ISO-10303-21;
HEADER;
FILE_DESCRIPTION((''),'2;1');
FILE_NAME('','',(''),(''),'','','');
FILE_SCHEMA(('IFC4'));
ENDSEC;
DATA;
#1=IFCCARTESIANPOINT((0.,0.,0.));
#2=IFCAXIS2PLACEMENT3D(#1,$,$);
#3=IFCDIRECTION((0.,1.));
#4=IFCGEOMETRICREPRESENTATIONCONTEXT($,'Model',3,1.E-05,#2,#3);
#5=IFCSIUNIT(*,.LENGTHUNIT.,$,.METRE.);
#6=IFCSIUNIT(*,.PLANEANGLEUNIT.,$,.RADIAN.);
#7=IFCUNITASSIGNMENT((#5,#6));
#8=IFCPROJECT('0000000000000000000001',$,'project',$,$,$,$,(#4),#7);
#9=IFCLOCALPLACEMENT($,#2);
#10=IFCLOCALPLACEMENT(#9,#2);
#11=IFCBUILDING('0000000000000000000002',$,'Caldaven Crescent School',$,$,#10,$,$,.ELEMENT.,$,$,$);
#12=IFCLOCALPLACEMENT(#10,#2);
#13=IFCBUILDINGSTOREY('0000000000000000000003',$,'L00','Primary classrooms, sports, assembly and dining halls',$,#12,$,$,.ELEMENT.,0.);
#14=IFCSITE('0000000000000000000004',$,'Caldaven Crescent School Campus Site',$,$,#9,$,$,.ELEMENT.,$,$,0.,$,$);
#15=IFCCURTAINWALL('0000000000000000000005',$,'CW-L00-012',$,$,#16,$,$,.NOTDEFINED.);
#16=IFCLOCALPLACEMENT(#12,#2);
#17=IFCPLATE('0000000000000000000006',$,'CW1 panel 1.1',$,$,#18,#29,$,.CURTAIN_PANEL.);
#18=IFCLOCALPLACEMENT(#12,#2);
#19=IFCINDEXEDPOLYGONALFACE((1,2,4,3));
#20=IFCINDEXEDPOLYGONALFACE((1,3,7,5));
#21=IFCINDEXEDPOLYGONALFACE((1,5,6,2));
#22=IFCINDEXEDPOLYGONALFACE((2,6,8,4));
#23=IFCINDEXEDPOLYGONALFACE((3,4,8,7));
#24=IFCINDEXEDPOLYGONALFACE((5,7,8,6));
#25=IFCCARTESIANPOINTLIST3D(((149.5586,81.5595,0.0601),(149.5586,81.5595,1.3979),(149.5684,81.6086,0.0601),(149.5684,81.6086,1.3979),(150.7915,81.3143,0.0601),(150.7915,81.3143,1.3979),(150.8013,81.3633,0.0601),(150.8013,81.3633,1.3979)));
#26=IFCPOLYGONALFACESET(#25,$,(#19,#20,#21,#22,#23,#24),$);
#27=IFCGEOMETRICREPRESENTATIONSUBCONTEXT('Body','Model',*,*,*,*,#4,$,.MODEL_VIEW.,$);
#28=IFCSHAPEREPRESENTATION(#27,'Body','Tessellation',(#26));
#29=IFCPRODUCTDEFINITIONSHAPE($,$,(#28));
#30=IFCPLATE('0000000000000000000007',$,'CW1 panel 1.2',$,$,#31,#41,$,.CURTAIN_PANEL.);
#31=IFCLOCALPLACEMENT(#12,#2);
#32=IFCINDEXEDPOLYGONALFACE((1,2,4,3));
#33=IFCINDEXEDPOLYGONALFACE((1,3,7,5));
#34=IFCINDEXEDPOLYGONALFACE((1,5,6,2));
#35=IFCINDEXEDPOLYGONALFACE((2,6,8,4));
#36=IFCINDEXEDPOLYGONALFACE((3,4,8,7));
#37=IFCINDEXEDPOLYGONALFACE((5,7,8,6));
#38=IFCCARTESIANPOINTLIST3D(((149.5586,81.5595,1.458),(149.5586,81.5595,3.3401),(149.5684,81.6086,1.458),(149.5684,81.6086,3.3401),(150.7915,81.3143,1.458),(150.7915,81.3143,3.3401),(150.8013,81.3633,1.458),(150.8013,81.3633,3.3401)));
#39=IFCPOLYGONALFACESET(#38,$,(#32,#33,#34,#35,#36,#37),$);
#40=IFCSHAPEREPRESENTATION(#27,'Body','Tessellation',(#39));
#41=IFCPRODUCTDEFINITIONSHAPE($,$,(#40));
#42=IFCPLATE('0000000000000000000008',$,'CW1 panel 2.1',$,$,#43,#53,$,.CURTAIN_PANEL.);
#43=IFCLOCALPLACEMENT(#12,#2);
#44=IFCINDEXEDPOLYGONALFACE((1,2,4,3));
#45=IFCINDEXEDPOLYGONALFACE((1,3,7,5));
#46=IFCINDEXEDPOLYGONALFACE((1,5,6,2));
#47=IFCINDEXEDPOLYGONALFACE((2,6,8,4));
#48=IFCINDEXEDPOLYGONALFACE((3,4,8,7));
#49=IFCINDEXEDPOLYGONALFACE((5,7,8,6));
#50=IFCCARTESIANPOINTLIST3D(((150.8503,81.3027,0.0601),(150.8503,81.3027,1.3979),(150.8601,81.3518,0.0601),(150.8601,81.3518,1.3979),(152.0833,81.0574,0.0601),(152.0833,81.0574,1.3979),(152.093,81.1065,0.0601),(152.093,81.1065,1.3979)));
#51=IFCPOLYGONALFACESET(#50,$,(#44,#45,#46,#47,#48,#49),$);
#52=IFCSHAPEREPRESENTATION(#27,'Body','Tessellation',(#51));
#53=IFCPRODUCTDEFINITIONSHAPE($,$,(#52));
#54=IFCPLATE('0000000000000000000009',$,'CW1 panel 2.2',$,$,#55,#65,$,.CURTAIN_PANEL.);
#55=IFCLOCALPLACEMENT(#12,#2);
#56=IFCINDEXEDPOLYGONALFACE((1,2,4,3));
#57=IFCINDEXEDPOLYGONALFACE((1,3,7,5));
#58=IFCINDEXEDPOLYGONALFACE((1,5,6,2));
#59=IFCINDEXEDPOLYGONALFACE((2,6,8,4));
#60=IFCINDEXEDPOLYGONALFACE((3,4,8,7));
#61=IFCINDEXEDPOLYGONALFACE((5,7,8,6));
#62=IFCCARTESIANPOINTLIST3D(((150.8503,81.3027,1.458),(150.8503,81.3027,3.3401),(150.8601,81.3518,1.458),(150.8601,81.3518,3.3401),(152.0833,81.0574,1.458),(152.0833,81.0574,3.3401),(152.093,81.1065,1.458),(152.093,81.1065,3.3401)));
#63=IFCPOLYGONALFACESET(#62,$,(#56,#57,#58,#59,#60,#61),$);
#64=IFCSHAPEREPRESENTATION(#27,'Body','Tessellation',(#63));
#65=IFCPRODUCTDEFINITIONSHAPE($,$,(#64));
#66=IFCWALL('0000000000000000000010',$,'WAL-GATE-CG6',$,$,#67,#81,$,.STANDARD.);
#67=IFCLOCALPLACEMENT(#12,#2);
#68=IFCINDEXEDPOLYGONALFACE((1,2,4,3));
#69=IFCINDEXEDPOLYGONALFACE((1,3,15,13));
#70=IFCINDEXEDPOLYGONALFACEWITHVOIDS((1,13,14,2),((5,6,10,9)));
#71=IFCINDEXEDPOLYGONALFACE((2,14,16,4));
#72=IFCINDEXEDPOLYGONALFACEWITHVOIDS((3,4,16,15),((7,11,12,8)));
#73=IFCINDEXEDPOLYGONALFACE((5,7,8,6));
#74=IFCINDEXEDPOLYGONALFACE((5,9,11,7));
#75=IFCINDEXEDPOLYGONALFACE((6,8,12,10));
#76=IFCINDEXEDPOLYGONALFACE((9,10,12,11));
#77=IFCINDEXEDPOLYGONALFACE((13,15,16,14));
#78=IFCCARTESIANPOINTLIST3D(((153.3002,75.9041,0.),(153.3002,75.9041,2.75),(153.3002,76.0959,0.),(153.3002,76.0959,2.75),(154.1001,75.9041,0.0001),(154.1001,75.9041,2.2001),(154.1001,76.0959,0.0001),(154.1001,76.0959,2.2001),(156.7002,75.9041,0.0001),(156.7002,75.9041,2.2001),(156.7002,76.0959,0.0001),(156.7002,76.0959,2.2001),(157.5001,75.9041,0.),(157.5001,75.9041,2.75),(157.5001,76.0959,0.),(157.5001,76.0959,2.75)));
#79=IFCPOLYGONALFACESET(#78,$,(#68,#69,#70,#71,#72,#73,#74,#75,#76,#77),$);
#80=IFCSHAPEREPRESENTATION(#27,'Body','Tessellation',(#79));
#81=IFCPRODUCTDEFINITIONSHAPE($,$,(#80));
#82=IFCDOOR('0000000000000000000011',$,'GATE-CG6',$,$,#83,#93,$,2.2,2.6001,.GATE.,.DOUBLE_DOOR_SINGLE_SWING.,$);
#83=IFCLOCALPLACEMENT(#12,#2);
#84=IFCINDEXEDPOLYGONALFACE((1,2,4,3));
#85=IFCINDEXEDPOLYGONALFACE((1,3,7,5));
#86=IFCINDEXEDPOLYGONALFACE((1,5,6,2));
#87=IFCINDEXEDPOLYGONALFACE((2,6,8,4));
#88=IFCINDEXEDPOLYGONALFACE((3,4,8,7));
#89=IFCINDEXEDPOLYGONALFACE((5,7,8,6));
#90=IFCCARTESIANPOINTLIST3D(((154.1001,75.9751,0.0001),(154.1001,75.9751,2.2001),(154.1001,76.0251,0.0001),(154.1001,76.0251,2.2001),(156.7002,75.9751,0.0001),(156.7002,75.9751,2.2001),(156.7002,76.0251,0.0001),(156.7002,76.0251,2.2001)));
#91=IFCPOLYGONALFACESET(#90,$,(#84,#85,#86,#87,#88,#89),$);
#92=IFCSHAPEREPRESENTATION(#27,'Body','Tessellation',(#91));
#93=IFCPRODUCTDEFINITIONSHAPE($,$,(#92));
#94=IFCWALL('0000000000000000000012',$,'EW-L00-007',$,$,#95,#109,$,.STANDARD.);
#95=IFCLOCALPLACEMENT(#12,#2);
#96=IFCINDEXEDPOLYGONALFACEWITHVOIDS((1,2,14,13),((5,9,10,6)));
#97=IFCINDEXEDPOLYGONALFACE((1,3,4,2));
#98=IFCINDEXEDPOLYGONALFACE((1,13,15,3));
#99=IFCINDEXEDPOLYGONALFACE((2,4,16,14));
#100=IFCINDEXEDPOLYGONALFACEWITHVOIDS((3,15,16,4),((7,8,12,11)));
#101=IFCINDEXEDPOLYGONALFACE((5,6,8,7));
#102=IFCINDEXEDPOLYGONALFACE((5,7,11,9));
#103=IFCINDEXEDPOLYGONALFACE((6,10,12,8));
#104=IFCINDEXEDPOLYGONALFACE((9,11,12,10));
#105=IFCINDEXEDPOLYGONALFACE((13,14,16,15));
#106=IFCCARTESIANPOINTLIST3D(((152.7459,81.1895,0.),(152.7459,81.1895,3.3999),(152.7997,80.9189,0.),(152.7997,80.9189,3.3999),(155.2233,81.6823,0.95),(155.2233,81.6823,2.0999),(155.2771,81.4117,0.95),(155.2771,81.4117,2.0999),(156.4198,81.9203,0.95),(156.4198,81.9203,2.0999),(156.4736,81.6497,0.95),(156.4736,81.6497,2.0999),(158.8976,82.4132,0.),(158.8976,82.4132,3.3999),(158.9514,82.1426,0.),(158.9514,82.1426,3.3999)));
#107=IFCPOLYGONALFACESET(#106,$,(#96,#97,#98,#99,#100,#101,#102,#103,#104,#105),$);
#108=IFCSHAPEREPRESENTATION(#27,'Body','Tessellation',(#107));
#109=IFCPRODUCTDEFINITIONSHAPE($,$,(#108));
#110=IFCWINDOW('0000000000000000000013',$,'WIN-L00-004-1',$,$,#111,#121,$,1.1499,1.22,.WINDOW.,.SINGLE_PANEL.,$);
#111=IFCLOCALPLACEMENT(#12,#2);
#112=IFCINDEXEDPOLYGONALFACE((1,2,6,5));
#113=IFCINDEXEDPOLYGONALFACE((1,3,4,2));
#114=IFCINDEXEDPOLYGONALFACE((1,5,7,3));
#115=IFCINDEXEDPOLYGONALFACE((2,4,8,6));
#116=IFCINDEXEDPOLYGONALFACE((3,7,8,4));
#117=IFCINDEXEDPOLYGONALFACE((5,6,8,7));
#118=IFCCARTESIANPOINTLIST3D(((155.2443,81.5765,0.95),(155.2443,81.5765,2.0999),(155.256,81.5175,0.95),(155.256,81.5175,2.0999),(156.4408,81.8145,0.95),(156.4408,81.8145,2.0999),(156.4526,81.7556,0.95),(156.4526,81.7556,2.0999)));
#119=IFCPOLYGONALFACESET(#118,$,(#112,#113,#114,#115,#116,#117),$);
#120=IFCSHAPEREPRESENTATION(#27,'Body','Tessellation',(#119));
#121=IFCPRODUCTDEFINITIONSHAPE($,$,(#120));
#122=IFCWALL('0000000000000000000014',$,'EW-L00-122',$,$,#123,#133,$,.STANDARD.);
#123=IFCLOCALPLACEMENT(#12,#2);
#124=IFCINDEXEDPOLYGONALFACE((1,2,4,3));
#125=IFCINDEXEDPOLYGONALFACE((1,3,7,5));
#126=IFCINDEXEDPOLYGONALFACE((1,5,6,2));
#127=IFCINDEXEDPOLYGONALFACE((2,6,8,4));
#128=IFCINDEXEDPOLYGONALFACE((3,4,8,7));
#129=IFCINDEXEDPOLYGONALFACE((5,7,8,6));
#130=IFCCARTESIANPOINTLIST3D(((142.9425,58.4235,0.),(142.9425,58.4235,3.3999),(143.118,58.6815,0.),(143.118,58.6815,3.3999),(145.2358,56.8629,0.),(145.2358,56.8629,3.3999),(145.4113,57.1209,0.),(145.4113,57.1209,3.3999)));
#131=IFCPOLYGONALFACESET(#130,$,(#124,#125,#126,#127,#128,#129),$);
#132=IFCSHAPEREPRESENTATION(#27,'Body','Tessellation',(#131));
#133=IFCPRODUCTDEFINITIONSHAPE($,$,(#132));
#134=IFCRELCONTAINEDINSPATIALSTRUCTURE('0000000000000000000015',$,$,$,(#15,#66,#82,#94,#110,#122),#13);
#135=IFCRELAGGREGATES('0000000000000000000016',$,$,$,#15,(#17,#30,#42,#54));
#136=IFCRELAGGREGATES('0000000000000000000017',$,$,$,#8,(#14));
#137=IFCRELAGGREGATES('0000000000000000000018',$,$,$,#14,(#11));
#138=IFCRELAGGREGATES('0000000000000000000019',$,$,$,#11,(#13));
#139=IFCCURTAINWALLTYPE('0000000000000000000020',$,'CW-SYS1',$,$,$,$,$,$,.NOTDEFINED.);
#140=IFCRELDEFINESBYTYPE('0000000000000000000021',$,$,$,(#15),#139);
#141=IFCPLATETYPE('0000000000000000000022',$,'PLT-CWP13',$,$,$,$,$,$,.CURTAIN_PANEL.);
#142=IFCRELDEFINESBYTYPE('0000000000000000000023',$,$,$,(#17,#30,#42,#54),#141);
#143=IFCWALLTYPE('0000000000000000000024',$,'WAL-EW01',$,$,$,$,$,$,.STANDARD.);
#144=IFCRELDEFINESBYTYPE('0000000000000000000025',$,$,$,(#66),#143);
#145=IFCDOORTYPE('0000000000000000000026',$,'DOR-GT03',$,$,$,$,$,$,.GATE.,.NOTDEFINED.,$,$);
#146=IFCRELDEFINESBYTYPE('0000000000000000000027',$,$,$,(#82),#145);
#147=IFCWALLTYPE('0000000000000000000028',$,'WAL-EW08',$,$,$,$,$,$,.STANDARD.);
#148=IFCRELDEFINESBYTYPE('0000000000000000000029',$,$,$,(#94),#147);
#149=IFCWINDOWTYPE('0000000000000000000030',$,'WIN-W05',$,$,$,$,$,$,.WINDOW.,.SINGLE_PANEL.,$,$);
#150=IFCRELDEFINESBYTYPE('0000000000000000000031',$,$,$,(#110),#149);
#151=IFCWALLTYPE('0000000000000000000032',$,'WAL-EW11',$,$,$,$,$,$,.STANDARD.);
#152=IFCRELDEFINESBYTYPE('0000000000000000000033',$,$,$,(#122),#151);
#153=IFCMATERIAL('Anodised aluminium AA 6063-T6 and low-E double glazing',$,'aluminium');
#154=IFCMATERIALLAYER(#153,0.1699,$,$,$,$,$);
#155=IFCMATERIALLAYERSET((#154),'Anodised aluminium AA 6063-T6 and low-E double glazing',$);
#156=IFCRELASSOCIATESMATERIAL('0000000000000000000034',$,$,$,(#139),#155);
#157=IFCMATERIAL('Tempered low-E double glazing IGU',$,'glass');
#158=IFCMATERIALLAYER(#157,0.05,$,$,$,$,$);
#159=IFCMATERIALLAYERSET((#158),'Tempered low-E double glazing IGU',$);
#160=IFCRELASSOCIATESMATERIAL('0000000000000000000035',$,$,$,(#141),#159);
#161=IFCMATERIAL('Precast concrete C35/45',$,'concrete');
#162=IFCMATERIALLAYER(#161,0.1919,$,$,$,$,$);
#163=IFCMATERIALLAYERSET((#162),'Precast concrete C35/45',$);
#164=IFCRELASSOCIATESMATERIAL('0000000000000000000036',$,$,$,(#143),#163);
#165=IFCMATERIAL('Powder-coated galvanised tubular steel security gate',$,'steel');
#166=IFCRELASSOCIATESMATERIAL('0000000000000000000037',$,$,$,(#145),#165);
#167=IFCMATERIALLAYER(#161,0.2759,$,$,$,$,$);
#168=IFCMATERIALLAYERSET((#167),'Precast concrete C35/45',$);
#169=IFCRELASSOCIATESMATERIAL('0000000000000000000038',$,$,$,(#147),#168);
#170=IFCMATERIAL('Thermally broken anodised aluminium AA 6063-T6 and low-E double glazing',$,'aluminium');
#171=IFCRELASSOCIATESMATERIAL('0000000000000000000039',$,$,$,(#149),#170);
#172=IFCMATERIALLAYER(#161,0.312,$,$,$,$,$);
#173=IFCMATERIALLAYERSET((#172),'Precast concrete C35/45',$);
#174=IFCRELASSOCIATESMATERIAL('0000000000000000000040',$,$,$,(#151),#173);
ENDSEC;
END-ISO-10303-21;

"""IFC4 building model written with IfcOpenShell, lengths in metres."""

from ifc_helpers import new_model, si_unit, direction, frame, frame_2d, origin, origin_2d, place, context, subcontext, project, spatial, rectangle, extrude, material, layer, layer_set, type_object, element, fill, aggregate, save


model = new_model("IFC4")

# Units and contexts
model_context = context("Model", 3, precision=1e-05, world=origin(), true_north=direction((0.0, 1.0)))
body_context = subcontext(model_context, "Body", "Model", "MODEL_VIEW")
ifc_project = project(units=[si_unit("LENGTHUNIT", "METRE"), si_unit("PLANEANGLEUNIT", "RADIAN")], contexts=[model_context])

# Site, building, storey
site_placement = place(None, origin())
site = spatial("IfcSite", under=ifc_project, at=site_placement, Name="Caldaven Crescent School Campus Site", CompositionType="ELEMENT", RefElevation=0.0)
building_placement = place(site_placement, origin())
building = spatial("IfcBuilding", under=site, at=building_placement, Name="Caldaven Crescent School", CompositionType="ELEMENT")
storey_placement = place(building_placement, origin())
storey = spatial("IfcBuildingStorey", under=building, at=storey_placement, Name="L00", Description="Primary classrooms, sports, assembly and dining halls", CompositionType="ELEMENT", Elevation=0.0)

# Curtain wall
ifc_material_1 = material(Name="Anodised aluminium AA 6063-T6 and low-E double glazing", Category="aluminium")
ifc_layer_1 = layer(ifc_material_1, 0.1699)
ifc_layer_set_1 = layer_set([ifc_layer_1], Name="Anodised aluminium AA 6063-T6 and low-E double glazing")
curtain_wall_type_1 = type_object("IfcCurtainWallType", Name="CW-SYS1", PredefinedType="NOTDEFINED", material=ifc_layer_set_1)
curtain_wall_1_placement = place(storey_placement, origin())
curtain_wall_1 = element("IfcCurtainWall", 1, at=curtain_wall_1_placement, inside=storey, type_object=curtain_wall_type_1, Name="CW-L00-012", PredefinedType="NOTDEFINED")

# Plates
ifc_material_2 = material(Name="Tempered low-E double glazing IGU", Category="glass")
ifc_layer_2 = layer(ifc_material_2, 0.05)
ifc_layer_set_2 = layer_set([ifc_layer_2], Name="Tempered low-E double glazing IGU")
plate_type_1 = type_object("IfcPlateType", Name="PLT-CWP13", PredefinedType="CURTAIN_PANEL", material=ifc_layer_set_2)
plate_1_placement = place(storey_placement, frame((150.1799, 81.4614, 0.0601), z_axis=(0.0, 0.0, 1.0), x_axis=(0.980785, -0.19509, 0.0)))
plate_1 = element("IfcPlate", 2, at=plate_1_placement, type_object=plate_type_1, Name="CW1 panel 1.1", PredefinedType="CURTAIN_PANEL", context=body_context, shape_type="SweptSolid", body=[
    extrude(rectangle(XDim=1.2571, YDim=0.05, at=origin_2d()), origin(), (0.0, 0.0, 1.0), 1.3379),
])
plate_2_placement = place(storey_placement, frame((150.1799, 81.4614, 1.458), z_axis=(0.0, 0.0, 1.0), x_axis=(0.980785, -0.19509, 0.0)))
plate_2 = element("IfcPlate", 3, at=plate_2_placement, type_object=plate_type_1, Name="CW1 panel 1.2", PredefinedType="CURTAIN_PANEL", context=body_context, shape_type="SweptSolid", body=[
    extrude(rectangle(XDim=1.2571, YDim=0.05, at=origin_2d()), origin(), (0.0, 0.0, 1.0), 1.8821),
])
plate_3_placement = place(storey_placement, frame((151.4717, 81.2046, 0.0601), z_axis=(0.0, 0.0, 1.0), x_axis=(0.980785, -0.19509, 0.0)))
plate_3 = element("IfcPlate", 4, at=plate_3_placement, type_object=plate_type_1, Name="CW1 panel 2.1", PredefinedType="CURTAIN_PANEL", context=body_context, shape_type="SweptSolid", body=[
    extrude(rectangle(XDim=1.2571, YDim=0.05, at=origin_2d()), origin(), (0.0, 0.0, 1.0), 1.3379),
])
plate_4_placement = place(storey_placement, frame((151.4717, 81.2046, 1.458), z_axis=(0.0, 0.0, 1.0), x_axis=(0.980785, -0.19509, 0.0)))
plate_4 = element("IfcPlate", 5, at=plate_4_placement, type_object=plate_type_1, Name="CW1 panel 2.2", PredefinedType="CURTAIN_PANEL", context=body_context, shape_type="SweptSolid", body=[
    extrude(rectangle(XDim=1.2571, YDim=0.05, at=origin_2d()), origin(), (0.0, 0.0, 1.0), 1.8821),
])
aggregate(curtain_wall_1, [plate_1, plate_2, plate_3, plate_4])

# Wall, opening, door
ifc_material_3 = material(Name="Precast concrete C35/45", Category="concrete")
ifc_layer_3 = layer(ifc_material_3, 0.1919)
ifc_layer_set_3 = layer_set([ifc_layer_3], Name="Precast concrete C35/45")
wall_type_1 = type_object("IfcWallType", Name="WAL-EW01", PredefinedType="STANDARD", material=ifc_layer_set_3)
wall_1_placement = place(storey_placement, frame((153.3, 76.0, 0.0), z_axis=(0.0, 0.0, 1.0), x_axis=(1.0, 0.0, 0.0)))
wall_1 = element("IfcWall", 6, at=wall_1_placement, inside=storey, type_object=wall_type_1, Name="WAL-GATE-CG6", PredefinedType="STANDARD", context=body_context, shape_type="SweptSolid", body=[
    extrude(rectangle(XDim=4.2, YDim=0.1919, at=frame_2d((2.1001, 0.0))), origin(), (0.0, 0.0, 1.0), 2.75),
])
opening_1_placement = place(wall_1_placement, frame((0.8, 0.0, 0.0)))
opening_1 = element("IfcOpeningElement", 7, at=opening_1_placement, cuts=wall_1, PredefinedType="OPENING", context=body_context, shape_type="SweptSolid", body=[
    extrude(rectangle(XDim=2.6001, YDim=2.2, at=frame_2d((1.3, 1.1001))), frame((0.0, 0.106, 0.0), z_axis=(0.0, -1.0, 0.0), x_axis=(1.0, 0.0, 0.0)), (0.0, 0.0, 1.0), 0.2119),
])
ifc_material_4 = material(Name="Powder-coated galvanised tubular steel security gate", Category="steel")
door_type = type_object("IfcDoorType", Name="DOR-GT03", OperationType="NOTDEFINED", PredefinedType="GATE", material=ifc_material_4)
door_placement = place(opening_1_placement, frame((2.6001, 0.0, 0.0), z_axis=(0.0, 0.0, 1.0), x_axis=(-1.0, 0.0, 0.0)))
door = element("IfcDoor", 8, at=door_placement, inside=storey, type_object=door_type, Name="GATE-CG6", OperationType="DOUBLE_DOOR_SINGLE_SWING", OverallHeight=2.2, OverallWidth=2.6001, PredefinedType="GATE", context=body_context, shape_type="SweptSolid", body=[
    extrude(rectangle(XDim=2.6001, YDim=2.2, at=frame_2d((1.3, 1.1001))), frame((0.0, 0.0249, 0.0), z_axis=(0.0, -1.0, 0.0), x_axis=(1.0, 0.0, 0.0)), (0.0, 0.0, 1.0), 0.05),
])
fill(opening_1, door)

# Wall, opening, window
ifc_layer_4 = layer(ifc_material_3, 0.2759)
ifc_layer_set_4 = layer_set([ifc_layer_4], Name="Precast concrete C35/45")
wall_type_2 = type_object("IfcWallType", Name="WAL-EW08", PredefinedType="STANDARD", material=ifc_layer_set_4)
wall_2_placement = place(storey_placement, frame((152.7727, 81.0542, 0.0), z_axis=(0.0, 0.0, 1.0), x_axis=(0.980785, 0.195091, 0.0)))
wall_2 = element("IfcWall", 9, at=wall_2_placement, inside=storey, type_object=wall_type_2, Name="EW-L00-007", PredefinedType="STANDARD", context=body_context, shape_type="SweptSolid", body=[
    extrude(rectangle(XDim=6.2722, YDim=0.2759, at=frame_2d((3.1362, 0.0))), origin(), (0.0, 0.0, 1.0), 3.3999),
])
opening_2_placement = place(wall_2_placement, frame((2.5261, 0.0, 0.95)))
opening_2 = element("IfcOpeningElement", 10, at=opening_2_placement, cuts=wall_2, PredefinedType="OPENING", context=body_context, shape_type="SweptSolid", body=[
    extrude(rectangle(XDim=1.22, YDim=1.1499, at=frame_2d((0.6099, 0.575))), frame((0.0, 0.1479, 0.0), z_axis=(0.0, -1.0, 0.0), x_axis=(1.0, 0.0, 0.0)), (0.0, 0.0, 1.0), 0.2959),
])
ifc_material_5 = material(Name="Thermally broken anodised aluminium AA 6063-T6 and low-E double glazing", Category="aluminium")
window_type = type_object("IfcWindowType", Name="WIN-W05", PartitioningType="SINGLE_PANEL", PredefinedType="WINDOW", material=ifc_material_5)
window_placement = place(opening_2_placement, origin())
window = element("IfcWindow", 11, at=window_placement, inside=storey, type_object=window_type, Name="WIN-L00-004-1", OverallHeight=1.1499, OverallWidth=1.22, PartitioningType="SINGLE_PANEL", PredefinedType="WINDOW", context=body_context, shape_type="SweptSolid", body=[
    extrude(rectangle(XDim=1.22, YDim=1.1499, at=frame_2d((0.6099, 0.575))), frame((0.0, 0.03, 0.0), z_axis=(0.0, -1.0, 0.0), x_axis=(1.0, 0.0, 0.0)), (0.0, 0.0, 1.0), 0.0601),
])
fill(opening_2, window)

# Wall
ifc_layer_5 = layer(ifc_material_3, 0.312)
ifc_layer_set_5 = layer_set([ifc_layer_5], Name="Precast concrete C35/45")
wall_type_3 = type_object("IfcWallType", Name="WAL-EW11", PredefinedType="STANDARD", material=ifc_layer_set_5)
wall_3_placement = place(storey_placement, frame((143.0303, 58.5525, 0.0), z_axis=(0.0, 0.0, 1.0), x_axis=(0.826732, -0.562596, 0.0)))
element("IfcWall", 12, at=wall_3_placement, inside=storey, type_object=wall_type_3, Name="EW-L00-122", PredefinedType="STANDARD", context=body_context, shape_type="SweptSolid", body=[
    extrude(rectangle(XDim=2.7739, YDim=0.312, at=frame_2d((1.387, 0.0))), origin(), (0.0, 0.0, 1.0), 3.3999),
])

save(model, "model.ifc")
